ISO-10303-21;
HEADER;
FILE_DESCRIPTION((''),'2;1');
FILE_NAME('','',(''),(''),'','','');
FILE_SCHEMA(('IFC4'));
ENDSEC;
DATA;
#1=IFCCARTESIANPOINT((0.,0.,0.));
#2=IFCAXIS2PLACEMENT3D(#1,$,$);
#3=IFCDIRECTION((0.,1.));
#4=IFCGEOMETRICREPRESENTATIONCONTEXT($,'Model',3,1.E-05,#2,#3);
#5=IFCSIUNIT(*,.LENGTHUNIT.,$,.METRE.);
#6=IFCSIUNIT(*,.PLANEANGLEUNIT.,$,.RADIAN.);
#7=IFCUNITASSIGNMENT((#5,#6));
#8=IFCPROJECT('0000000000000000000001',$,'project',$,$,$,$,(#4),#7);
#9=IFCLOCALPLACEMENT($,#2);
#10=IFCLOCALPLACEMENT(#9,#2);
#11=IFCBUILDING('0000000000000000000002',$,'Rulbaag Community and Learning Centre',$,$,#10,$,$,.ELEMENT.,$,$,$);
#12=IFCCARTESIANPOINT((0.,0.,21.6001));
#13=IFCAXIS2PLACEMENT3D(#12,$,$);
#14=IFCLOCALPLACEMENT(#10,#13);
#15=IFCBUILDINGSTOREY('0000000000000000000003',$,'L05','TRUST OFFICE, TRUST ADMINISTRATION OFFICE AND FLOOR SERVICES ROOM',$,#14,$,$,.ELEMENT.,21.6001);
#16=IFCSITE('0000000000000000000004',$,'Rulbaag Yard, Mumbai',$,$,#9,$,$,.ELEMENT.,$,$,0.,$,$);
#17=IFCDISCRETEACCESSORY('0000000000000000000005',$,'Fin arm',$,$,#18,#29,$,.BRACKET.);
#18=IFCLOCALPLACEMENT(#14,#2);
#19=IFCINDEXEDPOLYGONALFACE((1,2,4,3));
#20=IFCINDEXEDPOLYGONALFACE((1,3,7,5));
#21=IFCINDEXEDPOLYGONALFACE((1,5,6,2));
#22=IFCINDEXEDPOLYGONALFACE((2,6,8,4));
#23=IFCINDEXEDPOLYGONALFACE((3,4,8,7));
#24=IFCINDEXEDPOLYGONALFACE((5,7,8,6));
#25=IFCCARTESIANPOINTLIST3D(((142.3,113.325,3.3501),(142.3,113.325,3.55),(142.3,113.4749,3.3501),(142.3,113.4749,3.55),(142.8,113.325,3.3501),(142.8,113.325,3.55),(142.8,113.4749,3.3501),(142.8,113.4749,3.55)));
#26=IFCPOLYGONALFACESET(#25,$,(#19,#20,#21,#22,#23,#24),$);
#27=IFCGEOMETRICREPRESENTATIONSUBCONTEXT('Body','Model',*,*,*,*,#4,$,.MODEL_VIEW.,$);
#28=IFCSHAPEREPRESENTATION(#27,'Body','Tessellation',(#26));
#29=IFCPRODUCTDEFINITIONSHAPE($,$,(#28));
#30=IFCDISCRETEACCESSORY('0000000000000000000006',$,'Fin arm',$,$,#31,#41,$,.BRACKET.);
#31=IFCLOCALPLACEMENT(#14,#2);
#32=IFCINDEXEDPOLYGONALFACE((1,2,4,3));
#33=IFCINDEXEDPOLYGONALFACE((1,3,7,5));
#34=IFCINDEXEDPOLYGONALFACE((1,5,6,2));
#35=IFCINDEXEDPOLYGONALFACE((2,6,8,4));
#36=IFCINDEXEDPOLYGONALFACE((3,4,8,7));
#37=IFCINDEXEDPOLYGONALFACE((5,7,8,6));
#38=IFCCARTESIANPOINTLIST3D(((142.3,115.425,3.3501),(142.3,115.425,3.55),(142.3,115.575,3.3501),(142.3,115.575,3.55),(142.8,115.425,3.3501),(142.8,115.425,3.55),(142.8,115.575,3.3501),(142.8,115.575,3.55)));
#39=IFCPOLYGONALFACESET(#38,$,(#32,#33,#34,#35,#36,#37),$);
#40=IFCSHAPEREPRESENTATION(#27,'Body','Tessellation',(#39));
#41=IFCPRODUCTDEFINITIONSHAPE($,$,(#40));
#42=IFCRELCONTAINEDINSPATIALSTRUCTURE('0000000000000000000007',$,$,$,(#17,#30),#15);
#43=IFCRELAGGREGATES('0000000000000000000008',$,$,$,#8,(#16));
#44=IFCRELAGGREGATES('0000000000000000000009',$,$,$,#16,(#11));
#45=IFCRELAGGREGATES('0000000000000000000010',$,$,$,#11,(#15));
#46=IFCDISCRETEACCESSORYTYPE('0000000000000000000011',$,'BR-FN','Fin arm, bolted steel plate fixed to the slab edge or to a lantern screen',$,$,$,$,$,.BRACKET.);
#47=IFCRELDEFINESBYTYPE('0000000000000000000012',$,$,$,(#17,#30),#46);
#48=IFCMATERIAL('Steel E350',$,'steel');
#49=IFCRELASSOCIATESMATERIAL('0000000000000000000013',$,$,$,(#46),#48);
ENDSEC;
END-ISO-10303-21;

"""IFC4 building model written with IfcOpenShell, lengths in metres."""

from ifc_helpers import new_model, si_unit, direction, frame, origin, origin_2d, place, context, subcontext, project, spatial, rectangle, extrude, material, type_object, element, save


model = new_model("IFC4")

# Units and contexts
model_context = context("Model", 3, precision=1e-05, world=origin(), true_north=direction((0.0, 1.0)))
body_context = subcontext(model_context, "Body", "Model", "MODEL_VIEW")
ifc_project = project(units=[si_unit("LENGTHUNIT", "METRE"), si_unit("PLANEANGLEUNIT", "RADIAN")], contexts=[model_context])

# Site, building, storey
site_placement = place(None, origin())
site = spatial("IfcSite", under=ifc_project, at=site_placement, Name="Rulbaag Yard, Mumbai", CompositionType="ELEMENT", RefElevation=0.0)
building_placement = place(site_placement, origin())
building = spatial("IfcBuilding", under=site, at=building_placement, Name="Rulbaag Community and Learning Centre", CompositionType="ELEMENT")
storey_placement = place(building_placement, frame((0.0, 0.0, 21.6001)))
storey = spatial("IfcBuildingStorey", under=building, at=storey_placement, Name="L05", Description="TRUST OFFICE, TRUST ADMINISTRATION OFFICE AND FLOOR SERVICES ROOM", CompositionType="ELEMENT", Elevation=21.6001)

# Discrete accessories
ifc_material_1 = material(Name="Steel E350", Category="steel")
discrete_accessory_type = type_object("IfcDiscreteAccessoryType", Name="BR-FN", Description="Fin arm, bolted steel plate fixed to the slab edge or to a lantern screen", PredefinedType="BRACKET", material=ifc_material_1)
for number, where, z_axis, x_axis, name in (
    (1, (142.55, 113.3999, 3.3501), (0.0, 0.0, 1.0), (1.0, 0.0, 0.0), "Fin arm"),
    (2, (142.55, 115.5, 3.3501), (0.0, 0.0, 1.0), (1.0, 0.0, 0.0), "Fin arm"),
):
    element("IfcDiscreteAccessory", number, at=place(storey_placement, frame(where, z_axis=z_axis, x_axis=x_axis)), inside=storey, type_object=discrete_accessory_type, Name=name, PredefinedType="BRACKET", context=body_context, shape_type="SweptSolid", body=[
        extrude(rectangle(XDim=0.5, YDim=0.1499, at=origin_2d()), origin(), (0.0, 0.0, 1.0), 0.2),
    ])

save(model, "model.ifc")
